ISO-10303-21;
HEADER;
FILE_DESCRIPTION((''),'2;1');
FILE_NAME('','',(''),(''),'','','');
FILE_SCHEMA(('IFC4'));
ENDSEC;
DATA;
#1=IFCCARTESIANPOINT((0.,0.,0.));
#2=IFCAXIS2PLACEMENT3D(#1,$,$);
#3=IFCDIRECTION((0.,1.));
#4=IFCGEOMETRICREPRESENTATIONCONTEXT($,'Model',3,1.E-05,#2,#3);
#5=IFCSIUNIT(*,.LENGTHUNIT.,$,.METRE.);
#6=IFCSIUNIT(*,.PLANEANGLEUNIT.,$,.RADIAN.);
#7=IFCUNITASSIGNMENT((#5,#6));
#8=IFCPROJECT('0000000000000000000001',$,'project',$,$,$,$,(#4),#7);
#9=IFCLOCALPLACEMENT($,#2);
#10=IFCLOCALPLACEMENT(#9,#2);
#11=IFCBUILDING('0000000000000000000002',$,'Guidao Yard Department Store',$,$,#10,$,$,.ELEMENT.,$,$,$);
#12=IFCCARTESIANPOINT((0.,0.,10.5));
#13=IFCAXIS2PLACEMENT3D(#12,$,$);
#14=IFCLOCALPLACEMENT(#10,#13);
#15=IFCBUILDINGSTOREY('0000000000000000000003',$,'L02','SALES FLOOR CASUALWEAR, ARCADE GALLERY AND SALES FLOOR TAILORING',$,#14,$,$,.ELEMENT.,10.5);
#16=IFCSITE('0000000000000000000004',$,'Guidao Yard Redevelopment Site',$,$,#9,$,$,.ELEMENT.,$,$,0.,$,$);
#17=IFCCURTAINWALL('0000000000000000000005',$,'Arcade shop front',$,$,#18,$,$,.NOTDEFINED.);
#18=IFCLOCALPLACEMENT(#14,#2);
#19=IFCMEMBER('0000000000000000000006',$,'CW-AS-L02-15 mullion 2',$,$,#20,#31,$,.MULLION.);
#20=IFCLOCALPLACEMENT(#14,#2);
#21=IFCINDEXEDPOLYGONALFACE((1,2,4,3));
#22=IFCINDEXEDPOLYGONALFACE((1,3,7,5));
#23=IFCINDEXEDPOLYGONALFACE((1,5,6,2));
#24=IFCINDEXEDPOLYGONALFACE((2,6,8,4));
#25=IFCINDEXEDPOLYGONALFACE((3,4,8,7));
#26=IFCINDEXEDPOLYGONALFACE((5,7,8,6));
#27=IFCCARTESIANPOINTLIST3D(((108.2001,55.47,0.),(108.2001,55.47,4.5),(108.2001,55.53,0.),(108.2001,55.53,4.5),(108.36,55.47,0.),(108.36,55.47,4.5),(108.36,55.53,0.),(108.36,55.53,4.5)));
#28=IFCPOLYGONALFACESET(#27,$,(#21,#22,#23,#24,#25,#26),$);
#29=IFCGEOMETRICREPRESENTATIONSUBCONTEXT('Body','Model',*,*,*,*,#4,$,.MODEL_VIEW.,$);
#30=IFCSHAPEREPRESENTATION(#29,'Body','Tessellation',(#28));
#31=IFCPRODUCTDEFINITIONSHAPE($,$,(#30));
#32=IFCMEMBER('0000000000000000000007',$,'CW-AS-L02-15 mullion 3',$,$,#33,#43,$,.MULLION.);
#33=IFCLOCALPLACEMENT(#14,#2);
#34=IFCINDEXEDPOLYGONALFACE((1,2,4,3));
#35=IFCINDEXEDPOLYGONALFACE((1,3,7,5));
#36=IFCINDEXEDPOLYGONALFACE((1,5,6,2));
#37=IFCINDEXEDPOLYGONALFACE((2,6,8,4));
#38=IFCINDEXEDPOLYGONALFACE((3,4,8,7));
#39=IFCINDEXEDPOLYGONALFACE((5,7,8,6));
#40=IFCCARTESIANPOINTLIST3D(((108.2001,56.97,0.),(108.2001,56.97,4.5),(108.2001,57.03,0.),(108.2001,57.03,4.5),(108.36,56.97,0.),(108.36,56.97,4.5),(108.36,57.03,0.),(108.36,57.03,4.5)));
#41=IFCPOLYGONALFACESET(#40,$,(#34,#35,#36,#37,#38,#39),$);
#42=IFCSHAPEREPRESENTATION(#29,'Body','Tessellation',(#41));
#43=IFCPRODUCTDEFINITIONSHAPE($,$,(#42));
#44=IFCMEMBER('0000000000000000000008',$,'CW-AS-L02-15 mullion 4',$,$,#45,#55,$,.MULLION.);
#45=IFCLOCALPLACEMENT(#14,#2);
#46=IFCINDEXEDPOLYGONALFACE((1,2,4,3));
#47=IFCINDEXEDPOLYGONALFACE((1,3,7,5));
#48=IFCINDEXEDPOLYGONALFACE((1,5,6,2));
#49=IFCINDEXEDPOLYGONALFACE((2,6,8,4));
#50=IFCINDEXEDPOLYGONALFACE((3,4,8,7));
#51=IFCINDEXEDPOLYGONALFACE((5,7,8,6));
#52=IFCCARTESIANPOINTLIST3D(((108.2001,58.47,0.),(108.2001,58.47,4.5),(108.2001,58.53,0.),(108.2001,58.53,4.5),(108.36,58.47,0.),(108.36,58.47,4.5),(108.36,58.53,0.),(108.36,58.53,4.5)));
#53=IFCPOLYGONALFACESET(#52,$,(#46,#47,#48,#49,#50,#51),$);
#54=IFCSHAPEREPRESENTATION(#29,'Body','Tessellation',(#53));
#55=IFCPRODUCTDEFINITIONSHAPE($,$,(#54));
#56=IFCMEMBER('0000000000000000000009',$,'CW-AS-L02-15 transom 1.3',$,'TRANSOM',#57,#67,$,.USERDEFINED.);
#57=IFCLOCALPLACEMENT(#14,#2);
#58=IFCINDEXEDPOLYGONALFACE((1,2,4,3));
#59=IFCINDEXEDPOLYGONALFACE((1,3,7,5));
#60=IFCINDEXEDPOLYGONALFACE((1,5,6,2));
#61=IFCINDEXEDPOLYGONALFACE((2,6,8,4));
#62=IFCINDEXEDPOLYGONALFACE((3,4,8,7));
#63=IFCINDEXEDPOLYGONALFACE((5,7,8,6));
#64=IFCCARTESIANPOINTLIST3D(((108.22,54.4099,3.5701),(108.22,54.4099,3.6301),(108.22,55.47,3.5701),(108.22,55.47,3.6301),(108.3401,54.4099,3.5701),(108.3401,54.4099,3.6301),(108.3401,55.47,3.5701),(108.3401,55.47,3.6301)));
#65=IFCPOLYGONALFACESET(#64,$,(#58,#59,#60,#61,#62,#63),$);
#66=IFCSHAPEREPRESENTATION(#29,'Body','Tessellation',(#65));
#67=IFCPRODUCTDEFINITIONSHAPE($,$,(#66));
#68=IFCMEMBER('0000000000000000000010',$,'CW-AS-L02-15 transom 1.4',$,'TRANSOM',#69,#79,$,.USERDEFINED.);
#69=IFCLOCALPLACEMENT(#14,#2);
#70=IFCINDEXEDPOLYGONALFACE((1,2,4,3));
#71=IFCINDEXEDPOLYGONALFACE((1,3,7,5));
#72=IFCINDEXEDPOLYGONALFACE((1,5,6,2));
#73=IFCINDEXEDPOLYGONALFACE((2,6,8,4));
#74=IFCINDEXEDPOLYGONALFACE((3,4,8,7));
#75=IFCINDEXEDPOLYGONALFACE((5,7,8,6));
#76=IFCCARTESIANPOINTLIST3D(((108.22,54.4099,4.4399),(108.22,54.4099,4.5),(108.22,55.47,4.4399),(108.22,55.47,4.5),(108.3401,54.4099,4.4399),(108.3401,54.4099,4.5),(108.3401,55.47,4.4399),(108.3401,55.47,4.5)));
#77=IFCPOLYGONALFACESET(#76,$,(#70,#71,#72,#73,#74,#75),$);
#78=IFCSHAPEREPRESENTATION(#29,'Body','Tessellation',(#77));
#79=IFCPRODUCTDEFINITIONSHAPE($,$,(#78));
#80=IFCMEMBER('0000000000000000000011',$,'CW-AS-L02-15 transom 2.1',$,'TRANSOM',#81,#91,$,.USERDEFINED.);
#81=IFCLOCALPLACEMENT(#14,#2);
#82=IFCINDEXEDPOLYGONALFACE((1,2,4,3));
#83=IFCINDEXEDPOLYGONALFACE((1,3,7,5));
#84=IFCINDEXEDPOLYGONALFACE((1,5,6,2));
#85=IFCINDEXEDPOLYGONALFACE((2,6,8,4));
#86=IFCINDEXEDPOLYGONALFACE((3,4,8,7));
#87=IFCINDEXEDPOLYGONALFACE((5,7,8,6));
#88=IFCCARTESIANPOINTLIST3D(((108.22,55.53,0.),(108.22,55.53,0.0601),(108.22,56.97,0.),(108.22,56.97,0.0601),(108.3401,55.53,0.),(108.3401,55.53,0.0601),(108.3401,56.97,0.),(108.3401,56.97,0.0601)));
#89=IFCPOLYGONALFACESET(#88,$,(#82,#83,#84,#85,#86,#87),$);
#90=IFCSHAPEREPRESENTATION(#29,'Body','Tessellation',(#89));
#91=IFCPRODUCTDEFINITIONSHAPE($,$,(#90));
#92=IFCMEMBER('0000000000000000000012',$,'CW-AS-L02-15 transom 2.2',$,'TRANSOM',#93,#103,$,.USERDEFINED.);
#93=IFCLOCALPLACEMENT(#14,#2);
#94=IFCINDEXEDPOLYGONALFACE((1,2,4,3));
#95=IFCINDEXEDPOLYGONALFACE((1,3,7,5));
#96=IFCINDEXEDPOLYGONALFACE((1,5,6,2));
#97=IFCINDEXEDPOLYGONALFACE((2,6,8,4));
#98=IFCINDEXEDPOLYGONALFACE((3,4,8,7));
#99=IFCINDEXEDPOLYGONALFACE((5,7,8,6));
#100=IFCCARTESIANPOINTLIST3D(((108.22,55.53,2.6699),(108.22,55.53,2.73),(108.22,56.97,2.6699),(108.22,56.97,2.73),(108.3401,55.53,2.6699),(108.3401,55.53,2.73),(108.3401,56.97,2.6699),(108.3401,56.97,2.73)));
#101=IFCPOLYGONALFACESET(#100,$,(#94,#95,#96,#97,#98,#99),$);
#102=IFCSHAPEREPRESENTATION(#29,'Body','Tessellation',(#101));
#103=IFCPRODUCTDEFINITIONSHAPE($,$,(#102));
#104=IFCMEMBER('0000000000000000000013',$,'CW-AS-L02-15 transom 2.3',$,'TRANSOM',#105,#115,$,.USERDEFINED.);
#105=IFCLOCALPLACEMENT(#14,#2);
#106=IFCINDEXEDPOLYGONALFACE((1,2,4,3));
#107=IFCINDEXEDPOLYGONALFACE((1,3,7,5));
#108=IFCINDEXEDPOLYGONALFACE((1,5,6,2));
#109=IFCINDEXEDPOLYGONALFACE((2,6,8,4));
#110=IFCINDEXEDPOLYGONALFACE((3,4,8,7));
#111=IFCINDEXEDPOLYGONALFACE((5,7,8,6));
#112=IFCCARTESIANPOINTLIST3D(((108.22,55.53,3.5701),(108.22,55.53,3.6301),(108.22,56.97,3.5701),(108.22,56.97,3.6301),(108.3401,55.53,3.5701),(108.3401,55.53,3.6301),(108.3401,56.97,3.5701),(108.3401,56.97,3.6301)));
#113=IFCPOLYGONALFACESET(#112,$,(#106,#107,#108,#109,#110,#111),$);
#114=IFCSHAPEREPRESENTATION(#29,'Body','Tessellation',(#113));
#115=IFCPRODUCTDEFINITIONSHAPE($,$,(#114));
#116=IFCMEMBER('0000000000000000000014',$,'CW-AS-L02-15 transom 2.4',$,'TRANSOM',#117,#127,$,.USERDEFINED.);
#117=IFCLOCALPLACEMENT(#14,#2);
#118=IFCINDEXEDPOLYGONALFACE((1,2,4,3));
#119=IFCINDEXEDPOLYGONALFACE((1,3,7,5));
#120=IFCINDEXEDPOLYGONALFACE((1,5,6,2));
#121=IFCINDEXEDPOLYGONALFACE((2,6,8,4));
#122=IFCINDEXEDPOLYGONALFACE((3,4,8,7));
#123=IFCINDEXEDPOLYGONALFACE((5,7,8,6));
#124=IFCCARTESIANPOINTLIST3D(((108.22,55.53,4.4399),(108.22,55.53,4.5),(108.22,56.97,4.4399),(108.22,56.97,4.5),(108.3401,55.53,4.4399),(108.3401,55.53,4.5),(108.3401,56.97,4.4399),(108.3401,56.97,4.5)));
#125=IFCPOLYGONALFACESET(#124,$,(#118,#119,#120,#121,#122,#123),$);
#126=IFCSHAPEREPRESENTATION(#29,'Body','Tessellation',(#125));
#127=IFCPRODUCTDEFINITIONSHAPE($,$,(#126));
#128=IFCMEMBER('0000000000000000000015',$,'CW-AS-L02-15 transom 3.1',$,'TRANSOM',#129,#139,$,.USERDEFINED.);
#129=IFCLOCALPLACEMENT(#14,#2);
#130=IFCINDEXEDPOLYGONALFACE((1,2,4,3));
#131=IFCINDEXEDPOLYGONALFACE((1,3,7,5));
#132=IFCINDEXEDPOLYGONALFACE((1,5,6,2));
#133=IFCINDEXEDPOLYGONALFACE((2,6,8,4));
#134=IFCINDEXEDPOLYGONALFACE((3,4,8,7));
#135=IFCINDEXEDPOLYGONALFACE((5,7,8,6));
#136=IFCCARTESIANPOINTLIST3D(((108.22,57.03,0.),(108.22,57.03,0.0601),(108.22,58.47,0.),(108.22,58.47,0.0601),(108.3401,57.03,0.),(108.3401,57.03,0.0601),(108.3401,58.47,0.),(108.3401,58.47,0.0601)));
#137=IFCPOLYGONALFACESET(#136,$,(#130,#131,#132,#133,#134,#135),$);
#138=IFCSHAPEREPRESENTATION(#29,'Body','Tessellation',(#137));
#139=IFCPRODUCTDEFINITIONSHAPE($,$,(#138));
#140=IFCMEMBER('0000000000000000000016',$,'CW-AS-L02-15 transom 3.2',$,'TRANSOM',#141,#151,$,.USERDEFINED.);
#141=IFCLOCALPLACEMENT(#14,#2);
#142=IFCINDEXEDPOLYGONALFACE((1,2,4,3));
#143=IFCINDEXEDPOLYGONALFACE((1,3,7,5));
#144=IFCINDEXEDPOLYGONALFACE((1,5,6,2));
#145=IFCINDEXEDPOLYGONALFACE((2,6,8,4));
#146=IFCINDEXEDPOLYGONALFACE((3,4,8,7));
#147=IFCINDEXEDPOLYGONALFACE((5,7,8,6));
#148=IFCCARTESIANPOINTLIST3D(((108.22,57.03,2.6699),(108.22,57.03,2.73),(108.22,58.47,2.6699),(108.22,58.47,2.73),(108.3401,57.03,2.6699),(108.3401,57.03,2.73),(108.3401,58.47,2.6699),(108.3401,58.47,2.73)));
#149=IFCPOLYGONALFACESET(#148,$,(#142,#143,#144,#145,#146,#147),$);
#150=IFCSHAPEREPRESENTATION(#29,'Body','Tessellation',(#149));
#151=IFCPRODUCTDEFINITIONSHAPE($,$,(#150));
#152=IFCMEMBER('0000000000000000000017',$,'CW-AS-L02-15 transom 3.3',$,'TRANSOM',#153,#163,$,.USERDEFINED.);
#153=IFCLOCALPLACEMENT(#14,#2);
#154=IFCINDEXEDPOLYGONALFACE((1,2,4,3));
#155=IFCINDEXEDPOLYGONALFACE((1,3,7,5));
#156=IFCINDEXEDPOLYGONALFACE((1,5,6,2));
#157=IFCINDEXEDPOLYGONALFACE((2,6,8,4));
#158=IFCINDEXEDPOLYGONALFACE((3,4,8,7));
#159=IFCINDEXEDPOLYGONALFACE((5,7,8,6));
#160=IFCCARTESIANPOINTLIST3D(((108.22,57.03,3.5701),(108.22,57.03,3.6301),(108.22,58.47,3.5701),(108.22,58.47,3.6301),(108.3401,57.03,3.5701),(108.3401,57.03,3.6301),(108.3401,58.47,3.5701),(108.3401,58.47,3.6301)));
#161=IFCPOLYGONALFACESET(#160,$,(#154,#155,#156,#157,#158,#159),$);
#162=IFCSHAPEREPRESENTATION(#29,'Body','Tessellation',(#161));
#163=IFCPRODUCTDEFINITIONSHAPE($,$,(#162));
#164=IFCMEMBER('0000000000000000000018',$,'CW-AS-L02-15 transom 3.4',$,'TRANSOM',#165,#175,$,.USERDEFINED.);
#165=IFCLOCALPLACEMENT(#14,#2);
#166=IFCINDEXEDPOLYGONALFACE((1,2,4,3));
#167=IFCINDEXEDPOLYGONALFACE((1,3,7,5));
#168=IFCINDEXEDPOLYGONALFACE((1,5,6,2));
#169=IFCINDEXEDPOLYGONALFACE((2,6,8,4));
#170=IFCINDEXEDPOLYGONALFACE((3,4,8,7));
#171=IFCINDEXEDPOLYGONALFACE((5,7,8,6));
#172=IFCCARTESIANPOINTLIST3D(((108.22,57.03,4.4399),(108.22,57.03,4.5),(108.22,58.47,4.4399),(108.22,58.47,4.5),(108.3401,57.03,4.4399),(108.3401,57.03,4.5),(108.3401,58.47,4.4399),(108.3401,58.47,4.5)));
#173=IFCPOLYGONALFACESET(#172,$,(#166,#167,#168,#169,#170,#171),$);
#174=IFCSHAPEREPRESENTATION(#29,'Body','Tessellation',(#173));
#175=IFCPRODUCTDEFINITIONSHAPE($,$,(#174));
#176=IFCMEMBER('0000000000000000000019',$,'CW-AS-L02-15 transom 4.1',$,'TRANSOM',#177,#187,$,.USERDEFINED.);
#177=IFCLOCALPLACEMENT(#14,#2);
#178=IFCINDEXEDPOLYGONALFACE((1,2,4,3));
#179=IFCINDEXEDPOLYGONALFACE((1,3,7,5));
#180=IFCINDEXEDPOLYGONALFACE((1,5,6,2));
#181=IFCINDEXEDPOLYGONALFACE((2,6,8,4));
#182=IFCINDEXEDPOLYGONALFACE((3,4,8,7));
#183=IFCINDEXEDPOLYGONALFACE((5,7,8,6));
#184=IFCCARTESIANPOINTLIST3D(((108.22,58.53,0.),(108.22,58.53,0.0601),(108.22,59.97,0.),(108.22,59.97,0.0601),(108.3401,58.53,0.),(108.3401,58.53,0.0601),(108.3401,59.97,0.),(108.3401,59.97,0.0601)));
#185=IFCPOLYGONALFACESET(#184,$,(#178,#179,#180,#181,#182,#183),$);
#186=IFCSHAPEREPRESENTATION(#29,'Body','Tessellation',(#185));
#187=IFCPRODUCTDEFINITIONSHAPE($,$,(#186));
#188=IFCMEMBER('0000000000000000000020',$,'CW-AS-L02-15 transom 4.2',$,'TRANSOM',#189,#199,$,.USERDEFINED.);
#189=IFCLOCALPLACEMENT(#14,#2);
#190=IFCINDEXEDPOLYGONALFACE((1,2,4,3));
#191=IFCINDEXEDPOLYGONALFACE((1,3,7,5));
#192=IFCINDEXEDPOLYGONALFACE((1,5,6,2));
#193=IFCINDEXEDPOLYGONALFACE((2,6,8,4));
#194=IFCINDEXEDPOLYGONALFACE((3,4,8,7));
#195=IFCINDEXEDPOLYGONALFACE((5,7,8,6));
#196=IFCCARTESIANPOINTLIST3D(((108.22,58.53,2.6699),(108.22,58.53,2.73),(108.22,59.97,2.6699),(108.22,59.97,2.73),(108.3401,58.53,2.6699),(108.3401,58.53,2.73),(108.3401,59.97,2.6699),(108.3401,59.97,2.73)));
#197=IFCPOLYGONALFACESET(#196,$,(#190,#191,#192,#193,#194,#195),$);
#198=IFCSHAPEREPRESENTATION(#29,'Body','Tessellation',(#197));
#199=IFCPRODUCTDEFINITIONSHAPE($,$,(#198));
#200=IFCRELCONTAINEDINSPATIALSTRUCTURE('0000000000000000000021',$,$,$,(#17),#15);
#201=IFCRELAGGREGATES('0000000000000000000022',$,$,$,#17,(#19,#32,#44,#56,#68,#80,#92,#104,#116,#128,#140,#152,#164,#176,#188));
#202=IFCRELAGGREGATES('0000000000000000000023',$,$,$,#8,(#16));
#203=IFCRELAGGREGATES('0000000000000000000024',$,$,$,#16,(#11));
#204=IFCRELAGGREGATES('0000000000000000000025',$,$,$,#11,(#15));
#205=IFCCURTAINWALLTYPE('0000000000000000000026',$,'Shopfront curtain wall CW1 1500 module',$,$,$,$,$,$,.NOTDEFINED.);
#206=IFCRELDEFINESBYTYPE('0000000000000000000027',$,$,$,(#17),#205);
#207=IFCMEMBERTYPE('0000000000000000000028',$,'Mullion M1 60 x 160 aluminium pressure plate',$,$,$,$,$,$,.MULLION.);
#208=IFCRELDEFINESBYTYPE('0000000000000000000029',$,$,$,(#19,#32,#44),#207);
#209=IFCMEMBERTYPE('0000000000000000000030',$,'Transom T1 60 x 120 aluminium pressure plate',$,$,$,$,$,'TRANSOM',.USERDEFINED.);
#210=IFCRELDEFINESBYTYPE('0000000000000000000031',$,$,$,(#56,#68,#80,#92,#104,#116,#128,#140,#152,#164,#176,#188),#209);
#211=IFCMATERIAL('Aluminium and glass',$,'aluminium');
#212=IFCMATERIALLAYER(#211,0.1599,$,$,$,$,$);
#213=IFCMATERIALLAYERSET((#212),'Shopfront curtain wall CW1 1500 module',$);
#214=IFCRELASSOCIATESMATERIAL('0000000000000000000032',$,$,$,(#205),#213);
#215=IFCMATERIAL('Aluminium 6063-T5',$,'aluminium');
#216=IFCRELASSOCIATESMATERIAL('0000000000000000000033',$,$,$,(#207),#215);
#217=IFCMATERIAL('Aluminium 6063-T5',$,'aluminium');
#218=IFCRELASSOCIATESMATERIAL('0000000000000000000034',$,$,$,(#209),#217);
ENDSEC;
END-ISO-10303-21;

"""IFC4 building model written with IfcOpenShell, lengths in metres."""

from ifc_helpers import new_model, si_unit, direction, frame, origin, origin_2d, place, context, subcontext, project, spatial, rectangle, extrude, material, layer, layer_set, material_profile, profile_set, type_object, element, aggregate, save


model = new_model("IFC4")

# Units and contexts
model_context = context("Model", 3, precision=1e-05, world=origin(), true_north=direction((0.0, 1.0)))
body_context = subcontext(model_context, "Body", "Model", "MODEL_VIEW")
ifc_project = project(units=[si_unit("LENGTHUNIT", "METRE"), si_unit("PLANEANGLEUNIT", "RADIAN")], contexts=[model_context])

# Site, building, storey
site_placement = place(None, origin())
site = spatial("IfcSite", under=ifc_project, at=site_placement, Name="Guidao Yard Redevelopment Site", CompositionType="ELEMENT", RefElevation=0.0)
building_placement = place(site_placement, origin())
building = spatial("IfcBuilding", under=site, at=building_placement, Name="Guidao Yard Department Store", CompositionType="ELEMENT")
storey_placement = place(building_placement, frame((0.0, 0.0, 10.5)))
storey = spatial("IfcBuildingStorey", under=building, at=storey_placement, Name="L02", Description="SALES FLOOR CASUALWEAR, ARCADE GALLERY AND SALES FLOOR TAILORING", CompositionType="ELEMENT", Elevation=10.5)

# Curtain wall, members
ifc_material_1 = material(Name="Aluminium and glass", Category="aluminium")
ifc_layer_1 = layer(ifc_material_1, 0.1599)
ifc_layer_set_1 = layer_set([ifc_layer_1], Name="Shopfront curtain wall CW1 1500 module")
curtain_wall_type = type_object("IfcCurtainWallType", Name="Shopfront curtain wall CW1 1500 module", PredefinedType="NOTDEFINED", material=ifc_layer_set_1)
curtain_wall_placement = place(storey_placement, origin())
curtain_wall = element("IfcCurtainWall", 1, at=curtain_wall_placement, inside=storey, type_object=curtain_wall_type, Name="Arcade shop front", PredefinedType="NOTDEFINED")
ifc_material_2 = material(Name="Aluminium 6063-T5", Category="aluminium")
ifc_material_profile_1 = material_profile(ifc_material_2, rectangle(XDim=0.0601, YDim=0.1599, at=origin_2d()), Name="Mullion M1 60 x 160 aluminium pressure plate")
ifc_profile_set_1 = profile_set([ifc_material_profile_1], Name="Aluminium 6063-T5")
member_type_1 = type_object("IfcMemberType", Name="Mullion M1 60 x 160 aluminium pressure plate", PredefinedType="MULLION", material=ifc_profile_set_1)
member_1_placement = place(storey_placement, frame((108.28, 55.5, 0.0), z_axis=(0.0, 0.0, 1.0), x_axis=(0.0, -1.0, 0.0)))
member_1 = element("IfcMember", 2, at=member_1_placement, type_object=member_type_1, Name="CW-AS-L02-15 mullion 2", PredefinedType="MULLION", context=body_context, shape_type="SweptSolid", body=[
    extrude(rectangle(XDim=0.0601, YDim=0.1599, at=origin_2d()), origin(), (0.0, 0.0, 1.0), 4.5),
])
member_2_placement = place(storey_placement, frame((108.28, 57.0, 0.0), z_axis=(0.0, 0.0, 1.0), x_axis=(0.0, -1.0, 0.0)))
member_2 = element("IfcMember", 3, at=member_2_placement, type_object=member_type_1, Name="CW-AS-L02-15 mullion 3", PredefinedType="MULLION", context=body_context, shape_type="SweptSolid", body=[
    extrude(rectangle(XDim=0.0601, YDim=0.1599, at=origin_2d()), origin(), (0.0, 0.0, 1.0), 4.5),
])
member_3_placement = place(storey_placement, frame((108.28, 58.5, 0.0), z_axis=(0.0, 0.0, 1.0), x_axis=(0.0, -1.0, 0.0)))
member_3 = element("IfcMember", 4, at=member_3_placement, type_object=member_type_1, Name="CW-AS-L02-15 mullion 4", PredefinedType="MULLION", context=body_context, shape_type="SweptSolid", body=[
    extrude(rectangle(XDim=0.0601, YDim=0.1599, at=origin_2d()), origin(), (0.0, 0.0, 1.0), 4.5),
])
ifc_material_3 = material(Name="Aluminium 6063-T5", Category="aluminium")
ifc_material_profile_2 = material_profile(ifc_material_3, rectangle(XDim=0.1201, YDim=0.0601, at=origin_2d()), Name="Transom T1 60 x 120 aluminium pressure plate")
ifc_profile_set_2 = profile_set([ifc_material_profile_2], Name="Aluminium 6063-T5")
member_type_2 = type_object("IfcMemberType", Name="Transom T1 60 x 120 aluminium pressure plate", ElementType="TRANSOM", PredefinedType="USERDEFINED", material=ifc_profile_set_2)
member_4_placement = place(storey_placement, frame((108.28, 55.47, 3.6001), z_axis=(0.0, -1.0, 0.0), x_axis=(1.0, 0.0, 0.0)))
member_4 = element("IfcMember", 5, at=member_4_placement, type_object=member_type_2, Name="CW-AS-L02-15 transom 1.3", ObjectType="TRANSOM", PredefinedType="USERDEFINED", context=body_context, shape_type="SweptSolid", body=[
    extrude(rectangle(XDim=0.1201, YDim=0.0601, at=origin_2d()), origin(), (0.0, 0.0, 1.0), 1.0601),
])
member_5_placement = place(storey_placement, frame((108.28, 55.47, 4.47), z_axis=(0.0, -1.0, 0.0), x_axis=(1.0, 0.0, 0.0)))
member_5 = element("IfcMember", 6, at=member_5_placement, type_object=member_type_2, Name="CW-AS-L02-15 transom 1.4", ObjectType="TRANSOM", PredefinedType="USERDEFINED", context=body_context, shape_type="SweptSolid", body=[
    extrude(rectangle(XDim=0.1201, YDim=0.0601, at=origin_2d()), origin(), (0.0, 0.0, 1.0), 1.0601),
])
member_6_placement = place(storey_placement, frame((108.28, 56.97, 0.03), z_axis=(0.0, -1.0, 0.0), x_axis=(1.0, 0.0, 0.0)))
member_6 = element("IfcMember", 7, at=member_6_placement, type_object=member_type_2, Name="CW-AS-L02-15 transom 2.1", ObjectType="TRANSOM", PredefinedType="USERDEFINED", context=body_context, shape_type="SweptSolid", body=[
    extrude(rectangle(XDim=0.1201, YDim=0.0601, at=origin_2d()), origin(), (0.0, 0.0, 1.0), 1.4399),
])
member_7_placement = place(storey_placement, frame((108.28, 56.97, 2.7), z_axis=(0.0, -1.0, 0.0), x_axis=(1.0, 0.0, 0.0)))
member_7 = element("IfcMember", 8, at=member_7_placement, type_object=member_type_2, Name="CW-AS-L02-15 transom 2.2", ObjectType="TRANSOM", PredefinedType="USERDEFINED", context=body_context, shape_type="SweptSolid", body=[
    extrude(rectangle(XDim=0.1201, YDim=0.0601, at=origin_2d()), origin(), (0.0, 0.0, 1.0), 1.4399),
])
member_8_placement = place(storey_placement, frame((108.28, 56.97, 3.6001), z_axis=(0.0, -1.0, 0.0), x_axis=(1.0, 0.0, 0.0)))
member_8 = element("IfcMember", 9, at=member_8_placement, type_object=member_type_2, Name="CW-AS-L02-15 transom 2.3", ObjectType="TRANSOM", PredefinedType="USERDEFINED", context=body_context, shape_type="SweptSolid", body=[
    extrude(rectangle(XDim=0.1201, YDim=0.0601, at=origin_2d()), origin(), (0.0, 0.0, 1.0), 1.4399),
])
member_9_placement = place(storey_placement, frame((108.28, 56.97, 4.47), z_axis=(0.0, -1.0, 0.0), x_axis=(1.0, 0.0, 0.0)))
member_9 = element("IfcMember", 10, at=member_9_placement, type_object=member_type_2, Name="CW-AS-L02-15 transom 2.4", ObjectType="TRANSOM", PredefinedType="USERDEFINED", context=body_context, shape_type="SweptSolid", body=[
    extrude(rectangle(XDim=0.1201, YDim=0.0601, at=origin_2d()), origin(), (0.0, 0.0, 1.0), 1.4399),
])
member_10_placement = place(storey_placement, frame((108.28, 58.47, 0.03), z_axis=(0.0, -1.0, 0.0), x_axis=(1.0, 0.0, 0.0)))
member_10 = element("IfcMember", 11, at=member_10_placement, type_object=member_type_2, Name="CW-AS-L02-15 transom 3.1", ObjectType="TRANSOM", PredefinedType="USERDEFINED", context=body_context, shape_type="SweptSolid", body=[
    extrude(rectangle(XDim=0.1201, YDim=0.0601, at=origin_2d()), origin(), (0.0, 0.0, 1.0), 1.4399),
])
member_11_placement = place(storey_placement, frame((108.28, 58.47, 2.7), z_axis=(0.0, -1.0, 0.0), x_axis=(1.0, 0.0, 0.0)))
member_11 = element("IfcMember", 12, at=member_11_placement, type_object=member_type_2, Name="CW-AS-L02-15 transom 3.2", ObjectType="TRANSOM", PredefinedType="USERDEFINED", context=body_context, shape_type="SweptSolid", body=[
    extrude(rectangle(XDim=0.1201, YDim=0.0601, at=origin_2d()), origin(), (0.0, 0.0, 1.0), 1.4399),
])
member_12_placement = place(storey_placement, frame((108.28, 58.47, 3.6001), z_axis=(0.0, -1.0, 0.0), x_axis=(1.0, 0.0, 0.0)))
member_12 = element("IfcMember", 13, at=member_12_placement, type_object=member_type_2, Name="CW-AS-L02-15 transom 3.3", ObjectType="TRANSOM", PredefinedType="USERDEFINED", context=body_context, shape_type="SweptSolid", body=[
    extrude(rectangle(XDim=0.1201, YDim=0.0601, at=origin_2d()), origin(), (0.0, 0.0, 1.0), 1.4399),
])
member_13_placement = place(storey_placement, frame((108.28, 58.47, 4.47), z_axis=(0.0, -1.0, 0.0), x_axis=(1.0, 0.0, 0.0)))
member_13 = element("IfcMember", 14, at=member_13_placement, type_object=member_type_2, Name="CW-AS-L02-15 transom 3.4", ObjectType="TRANSOM", PredefinedType="USERDEFINED", context=body_context, shape_type="SweptSolid", body=[
    extrude(rectangle(XDim=0.1201, YDim=0.0601, at=origin_2d()), origin(), (0.0, 0.0, 1.0), 1.4399),
])
member_14_placement = place(storey_placement, frame((108.28, 59.97, 0.03), z_axis=(0.0, -1.0, 0.0), x_axis=(1.0, 0.0, 0.0)))
member_14 = element("IfcMember", 15, at=member_14_placement, type_object=member_type_2, Name="CW-AS-L02-15 transom 4.1", ObjectType="TRANSOM", PredefinedType="USERDEFINED", context=body_context, shape_type="SweptSolid", body=[
    extrude(rectangle(XDim=0.1201, YDim=0.0601, at=origin_2d()), origin(), (0.0, 0.0, 1.0), 1.4399),
])
member_15_placement = place(storey_placement, frame((108.28, 59.97, 2.7), z_axis=(0.0, -1.0, 0.0), x_axis=(1.0, 0.0, 0.0)))
member_15 = element("IfcMember", 16, at=member_15_placement, type_object=member_type_2, Name="CW-AS-L02-15 transom 4.2", ObjectType="TRANSOM", PredefinedType="USERDEFINED", context=body_context, shape_type="SweptSolid", body=[
    extrude(rectangle(XDim=0.1201, YDim=0.0601, at=origin_2d()), origin(), (0.0, 0.0, 1.0), 1.4399),
])
aggregate(curtain_wall, [member_1, member_2, member_3, member_4, member_5, member_6, member_7, member_8, member_9, member_10, member_11, member_12, member_13, member_14, member_15])

save(model, "model.ifc")
